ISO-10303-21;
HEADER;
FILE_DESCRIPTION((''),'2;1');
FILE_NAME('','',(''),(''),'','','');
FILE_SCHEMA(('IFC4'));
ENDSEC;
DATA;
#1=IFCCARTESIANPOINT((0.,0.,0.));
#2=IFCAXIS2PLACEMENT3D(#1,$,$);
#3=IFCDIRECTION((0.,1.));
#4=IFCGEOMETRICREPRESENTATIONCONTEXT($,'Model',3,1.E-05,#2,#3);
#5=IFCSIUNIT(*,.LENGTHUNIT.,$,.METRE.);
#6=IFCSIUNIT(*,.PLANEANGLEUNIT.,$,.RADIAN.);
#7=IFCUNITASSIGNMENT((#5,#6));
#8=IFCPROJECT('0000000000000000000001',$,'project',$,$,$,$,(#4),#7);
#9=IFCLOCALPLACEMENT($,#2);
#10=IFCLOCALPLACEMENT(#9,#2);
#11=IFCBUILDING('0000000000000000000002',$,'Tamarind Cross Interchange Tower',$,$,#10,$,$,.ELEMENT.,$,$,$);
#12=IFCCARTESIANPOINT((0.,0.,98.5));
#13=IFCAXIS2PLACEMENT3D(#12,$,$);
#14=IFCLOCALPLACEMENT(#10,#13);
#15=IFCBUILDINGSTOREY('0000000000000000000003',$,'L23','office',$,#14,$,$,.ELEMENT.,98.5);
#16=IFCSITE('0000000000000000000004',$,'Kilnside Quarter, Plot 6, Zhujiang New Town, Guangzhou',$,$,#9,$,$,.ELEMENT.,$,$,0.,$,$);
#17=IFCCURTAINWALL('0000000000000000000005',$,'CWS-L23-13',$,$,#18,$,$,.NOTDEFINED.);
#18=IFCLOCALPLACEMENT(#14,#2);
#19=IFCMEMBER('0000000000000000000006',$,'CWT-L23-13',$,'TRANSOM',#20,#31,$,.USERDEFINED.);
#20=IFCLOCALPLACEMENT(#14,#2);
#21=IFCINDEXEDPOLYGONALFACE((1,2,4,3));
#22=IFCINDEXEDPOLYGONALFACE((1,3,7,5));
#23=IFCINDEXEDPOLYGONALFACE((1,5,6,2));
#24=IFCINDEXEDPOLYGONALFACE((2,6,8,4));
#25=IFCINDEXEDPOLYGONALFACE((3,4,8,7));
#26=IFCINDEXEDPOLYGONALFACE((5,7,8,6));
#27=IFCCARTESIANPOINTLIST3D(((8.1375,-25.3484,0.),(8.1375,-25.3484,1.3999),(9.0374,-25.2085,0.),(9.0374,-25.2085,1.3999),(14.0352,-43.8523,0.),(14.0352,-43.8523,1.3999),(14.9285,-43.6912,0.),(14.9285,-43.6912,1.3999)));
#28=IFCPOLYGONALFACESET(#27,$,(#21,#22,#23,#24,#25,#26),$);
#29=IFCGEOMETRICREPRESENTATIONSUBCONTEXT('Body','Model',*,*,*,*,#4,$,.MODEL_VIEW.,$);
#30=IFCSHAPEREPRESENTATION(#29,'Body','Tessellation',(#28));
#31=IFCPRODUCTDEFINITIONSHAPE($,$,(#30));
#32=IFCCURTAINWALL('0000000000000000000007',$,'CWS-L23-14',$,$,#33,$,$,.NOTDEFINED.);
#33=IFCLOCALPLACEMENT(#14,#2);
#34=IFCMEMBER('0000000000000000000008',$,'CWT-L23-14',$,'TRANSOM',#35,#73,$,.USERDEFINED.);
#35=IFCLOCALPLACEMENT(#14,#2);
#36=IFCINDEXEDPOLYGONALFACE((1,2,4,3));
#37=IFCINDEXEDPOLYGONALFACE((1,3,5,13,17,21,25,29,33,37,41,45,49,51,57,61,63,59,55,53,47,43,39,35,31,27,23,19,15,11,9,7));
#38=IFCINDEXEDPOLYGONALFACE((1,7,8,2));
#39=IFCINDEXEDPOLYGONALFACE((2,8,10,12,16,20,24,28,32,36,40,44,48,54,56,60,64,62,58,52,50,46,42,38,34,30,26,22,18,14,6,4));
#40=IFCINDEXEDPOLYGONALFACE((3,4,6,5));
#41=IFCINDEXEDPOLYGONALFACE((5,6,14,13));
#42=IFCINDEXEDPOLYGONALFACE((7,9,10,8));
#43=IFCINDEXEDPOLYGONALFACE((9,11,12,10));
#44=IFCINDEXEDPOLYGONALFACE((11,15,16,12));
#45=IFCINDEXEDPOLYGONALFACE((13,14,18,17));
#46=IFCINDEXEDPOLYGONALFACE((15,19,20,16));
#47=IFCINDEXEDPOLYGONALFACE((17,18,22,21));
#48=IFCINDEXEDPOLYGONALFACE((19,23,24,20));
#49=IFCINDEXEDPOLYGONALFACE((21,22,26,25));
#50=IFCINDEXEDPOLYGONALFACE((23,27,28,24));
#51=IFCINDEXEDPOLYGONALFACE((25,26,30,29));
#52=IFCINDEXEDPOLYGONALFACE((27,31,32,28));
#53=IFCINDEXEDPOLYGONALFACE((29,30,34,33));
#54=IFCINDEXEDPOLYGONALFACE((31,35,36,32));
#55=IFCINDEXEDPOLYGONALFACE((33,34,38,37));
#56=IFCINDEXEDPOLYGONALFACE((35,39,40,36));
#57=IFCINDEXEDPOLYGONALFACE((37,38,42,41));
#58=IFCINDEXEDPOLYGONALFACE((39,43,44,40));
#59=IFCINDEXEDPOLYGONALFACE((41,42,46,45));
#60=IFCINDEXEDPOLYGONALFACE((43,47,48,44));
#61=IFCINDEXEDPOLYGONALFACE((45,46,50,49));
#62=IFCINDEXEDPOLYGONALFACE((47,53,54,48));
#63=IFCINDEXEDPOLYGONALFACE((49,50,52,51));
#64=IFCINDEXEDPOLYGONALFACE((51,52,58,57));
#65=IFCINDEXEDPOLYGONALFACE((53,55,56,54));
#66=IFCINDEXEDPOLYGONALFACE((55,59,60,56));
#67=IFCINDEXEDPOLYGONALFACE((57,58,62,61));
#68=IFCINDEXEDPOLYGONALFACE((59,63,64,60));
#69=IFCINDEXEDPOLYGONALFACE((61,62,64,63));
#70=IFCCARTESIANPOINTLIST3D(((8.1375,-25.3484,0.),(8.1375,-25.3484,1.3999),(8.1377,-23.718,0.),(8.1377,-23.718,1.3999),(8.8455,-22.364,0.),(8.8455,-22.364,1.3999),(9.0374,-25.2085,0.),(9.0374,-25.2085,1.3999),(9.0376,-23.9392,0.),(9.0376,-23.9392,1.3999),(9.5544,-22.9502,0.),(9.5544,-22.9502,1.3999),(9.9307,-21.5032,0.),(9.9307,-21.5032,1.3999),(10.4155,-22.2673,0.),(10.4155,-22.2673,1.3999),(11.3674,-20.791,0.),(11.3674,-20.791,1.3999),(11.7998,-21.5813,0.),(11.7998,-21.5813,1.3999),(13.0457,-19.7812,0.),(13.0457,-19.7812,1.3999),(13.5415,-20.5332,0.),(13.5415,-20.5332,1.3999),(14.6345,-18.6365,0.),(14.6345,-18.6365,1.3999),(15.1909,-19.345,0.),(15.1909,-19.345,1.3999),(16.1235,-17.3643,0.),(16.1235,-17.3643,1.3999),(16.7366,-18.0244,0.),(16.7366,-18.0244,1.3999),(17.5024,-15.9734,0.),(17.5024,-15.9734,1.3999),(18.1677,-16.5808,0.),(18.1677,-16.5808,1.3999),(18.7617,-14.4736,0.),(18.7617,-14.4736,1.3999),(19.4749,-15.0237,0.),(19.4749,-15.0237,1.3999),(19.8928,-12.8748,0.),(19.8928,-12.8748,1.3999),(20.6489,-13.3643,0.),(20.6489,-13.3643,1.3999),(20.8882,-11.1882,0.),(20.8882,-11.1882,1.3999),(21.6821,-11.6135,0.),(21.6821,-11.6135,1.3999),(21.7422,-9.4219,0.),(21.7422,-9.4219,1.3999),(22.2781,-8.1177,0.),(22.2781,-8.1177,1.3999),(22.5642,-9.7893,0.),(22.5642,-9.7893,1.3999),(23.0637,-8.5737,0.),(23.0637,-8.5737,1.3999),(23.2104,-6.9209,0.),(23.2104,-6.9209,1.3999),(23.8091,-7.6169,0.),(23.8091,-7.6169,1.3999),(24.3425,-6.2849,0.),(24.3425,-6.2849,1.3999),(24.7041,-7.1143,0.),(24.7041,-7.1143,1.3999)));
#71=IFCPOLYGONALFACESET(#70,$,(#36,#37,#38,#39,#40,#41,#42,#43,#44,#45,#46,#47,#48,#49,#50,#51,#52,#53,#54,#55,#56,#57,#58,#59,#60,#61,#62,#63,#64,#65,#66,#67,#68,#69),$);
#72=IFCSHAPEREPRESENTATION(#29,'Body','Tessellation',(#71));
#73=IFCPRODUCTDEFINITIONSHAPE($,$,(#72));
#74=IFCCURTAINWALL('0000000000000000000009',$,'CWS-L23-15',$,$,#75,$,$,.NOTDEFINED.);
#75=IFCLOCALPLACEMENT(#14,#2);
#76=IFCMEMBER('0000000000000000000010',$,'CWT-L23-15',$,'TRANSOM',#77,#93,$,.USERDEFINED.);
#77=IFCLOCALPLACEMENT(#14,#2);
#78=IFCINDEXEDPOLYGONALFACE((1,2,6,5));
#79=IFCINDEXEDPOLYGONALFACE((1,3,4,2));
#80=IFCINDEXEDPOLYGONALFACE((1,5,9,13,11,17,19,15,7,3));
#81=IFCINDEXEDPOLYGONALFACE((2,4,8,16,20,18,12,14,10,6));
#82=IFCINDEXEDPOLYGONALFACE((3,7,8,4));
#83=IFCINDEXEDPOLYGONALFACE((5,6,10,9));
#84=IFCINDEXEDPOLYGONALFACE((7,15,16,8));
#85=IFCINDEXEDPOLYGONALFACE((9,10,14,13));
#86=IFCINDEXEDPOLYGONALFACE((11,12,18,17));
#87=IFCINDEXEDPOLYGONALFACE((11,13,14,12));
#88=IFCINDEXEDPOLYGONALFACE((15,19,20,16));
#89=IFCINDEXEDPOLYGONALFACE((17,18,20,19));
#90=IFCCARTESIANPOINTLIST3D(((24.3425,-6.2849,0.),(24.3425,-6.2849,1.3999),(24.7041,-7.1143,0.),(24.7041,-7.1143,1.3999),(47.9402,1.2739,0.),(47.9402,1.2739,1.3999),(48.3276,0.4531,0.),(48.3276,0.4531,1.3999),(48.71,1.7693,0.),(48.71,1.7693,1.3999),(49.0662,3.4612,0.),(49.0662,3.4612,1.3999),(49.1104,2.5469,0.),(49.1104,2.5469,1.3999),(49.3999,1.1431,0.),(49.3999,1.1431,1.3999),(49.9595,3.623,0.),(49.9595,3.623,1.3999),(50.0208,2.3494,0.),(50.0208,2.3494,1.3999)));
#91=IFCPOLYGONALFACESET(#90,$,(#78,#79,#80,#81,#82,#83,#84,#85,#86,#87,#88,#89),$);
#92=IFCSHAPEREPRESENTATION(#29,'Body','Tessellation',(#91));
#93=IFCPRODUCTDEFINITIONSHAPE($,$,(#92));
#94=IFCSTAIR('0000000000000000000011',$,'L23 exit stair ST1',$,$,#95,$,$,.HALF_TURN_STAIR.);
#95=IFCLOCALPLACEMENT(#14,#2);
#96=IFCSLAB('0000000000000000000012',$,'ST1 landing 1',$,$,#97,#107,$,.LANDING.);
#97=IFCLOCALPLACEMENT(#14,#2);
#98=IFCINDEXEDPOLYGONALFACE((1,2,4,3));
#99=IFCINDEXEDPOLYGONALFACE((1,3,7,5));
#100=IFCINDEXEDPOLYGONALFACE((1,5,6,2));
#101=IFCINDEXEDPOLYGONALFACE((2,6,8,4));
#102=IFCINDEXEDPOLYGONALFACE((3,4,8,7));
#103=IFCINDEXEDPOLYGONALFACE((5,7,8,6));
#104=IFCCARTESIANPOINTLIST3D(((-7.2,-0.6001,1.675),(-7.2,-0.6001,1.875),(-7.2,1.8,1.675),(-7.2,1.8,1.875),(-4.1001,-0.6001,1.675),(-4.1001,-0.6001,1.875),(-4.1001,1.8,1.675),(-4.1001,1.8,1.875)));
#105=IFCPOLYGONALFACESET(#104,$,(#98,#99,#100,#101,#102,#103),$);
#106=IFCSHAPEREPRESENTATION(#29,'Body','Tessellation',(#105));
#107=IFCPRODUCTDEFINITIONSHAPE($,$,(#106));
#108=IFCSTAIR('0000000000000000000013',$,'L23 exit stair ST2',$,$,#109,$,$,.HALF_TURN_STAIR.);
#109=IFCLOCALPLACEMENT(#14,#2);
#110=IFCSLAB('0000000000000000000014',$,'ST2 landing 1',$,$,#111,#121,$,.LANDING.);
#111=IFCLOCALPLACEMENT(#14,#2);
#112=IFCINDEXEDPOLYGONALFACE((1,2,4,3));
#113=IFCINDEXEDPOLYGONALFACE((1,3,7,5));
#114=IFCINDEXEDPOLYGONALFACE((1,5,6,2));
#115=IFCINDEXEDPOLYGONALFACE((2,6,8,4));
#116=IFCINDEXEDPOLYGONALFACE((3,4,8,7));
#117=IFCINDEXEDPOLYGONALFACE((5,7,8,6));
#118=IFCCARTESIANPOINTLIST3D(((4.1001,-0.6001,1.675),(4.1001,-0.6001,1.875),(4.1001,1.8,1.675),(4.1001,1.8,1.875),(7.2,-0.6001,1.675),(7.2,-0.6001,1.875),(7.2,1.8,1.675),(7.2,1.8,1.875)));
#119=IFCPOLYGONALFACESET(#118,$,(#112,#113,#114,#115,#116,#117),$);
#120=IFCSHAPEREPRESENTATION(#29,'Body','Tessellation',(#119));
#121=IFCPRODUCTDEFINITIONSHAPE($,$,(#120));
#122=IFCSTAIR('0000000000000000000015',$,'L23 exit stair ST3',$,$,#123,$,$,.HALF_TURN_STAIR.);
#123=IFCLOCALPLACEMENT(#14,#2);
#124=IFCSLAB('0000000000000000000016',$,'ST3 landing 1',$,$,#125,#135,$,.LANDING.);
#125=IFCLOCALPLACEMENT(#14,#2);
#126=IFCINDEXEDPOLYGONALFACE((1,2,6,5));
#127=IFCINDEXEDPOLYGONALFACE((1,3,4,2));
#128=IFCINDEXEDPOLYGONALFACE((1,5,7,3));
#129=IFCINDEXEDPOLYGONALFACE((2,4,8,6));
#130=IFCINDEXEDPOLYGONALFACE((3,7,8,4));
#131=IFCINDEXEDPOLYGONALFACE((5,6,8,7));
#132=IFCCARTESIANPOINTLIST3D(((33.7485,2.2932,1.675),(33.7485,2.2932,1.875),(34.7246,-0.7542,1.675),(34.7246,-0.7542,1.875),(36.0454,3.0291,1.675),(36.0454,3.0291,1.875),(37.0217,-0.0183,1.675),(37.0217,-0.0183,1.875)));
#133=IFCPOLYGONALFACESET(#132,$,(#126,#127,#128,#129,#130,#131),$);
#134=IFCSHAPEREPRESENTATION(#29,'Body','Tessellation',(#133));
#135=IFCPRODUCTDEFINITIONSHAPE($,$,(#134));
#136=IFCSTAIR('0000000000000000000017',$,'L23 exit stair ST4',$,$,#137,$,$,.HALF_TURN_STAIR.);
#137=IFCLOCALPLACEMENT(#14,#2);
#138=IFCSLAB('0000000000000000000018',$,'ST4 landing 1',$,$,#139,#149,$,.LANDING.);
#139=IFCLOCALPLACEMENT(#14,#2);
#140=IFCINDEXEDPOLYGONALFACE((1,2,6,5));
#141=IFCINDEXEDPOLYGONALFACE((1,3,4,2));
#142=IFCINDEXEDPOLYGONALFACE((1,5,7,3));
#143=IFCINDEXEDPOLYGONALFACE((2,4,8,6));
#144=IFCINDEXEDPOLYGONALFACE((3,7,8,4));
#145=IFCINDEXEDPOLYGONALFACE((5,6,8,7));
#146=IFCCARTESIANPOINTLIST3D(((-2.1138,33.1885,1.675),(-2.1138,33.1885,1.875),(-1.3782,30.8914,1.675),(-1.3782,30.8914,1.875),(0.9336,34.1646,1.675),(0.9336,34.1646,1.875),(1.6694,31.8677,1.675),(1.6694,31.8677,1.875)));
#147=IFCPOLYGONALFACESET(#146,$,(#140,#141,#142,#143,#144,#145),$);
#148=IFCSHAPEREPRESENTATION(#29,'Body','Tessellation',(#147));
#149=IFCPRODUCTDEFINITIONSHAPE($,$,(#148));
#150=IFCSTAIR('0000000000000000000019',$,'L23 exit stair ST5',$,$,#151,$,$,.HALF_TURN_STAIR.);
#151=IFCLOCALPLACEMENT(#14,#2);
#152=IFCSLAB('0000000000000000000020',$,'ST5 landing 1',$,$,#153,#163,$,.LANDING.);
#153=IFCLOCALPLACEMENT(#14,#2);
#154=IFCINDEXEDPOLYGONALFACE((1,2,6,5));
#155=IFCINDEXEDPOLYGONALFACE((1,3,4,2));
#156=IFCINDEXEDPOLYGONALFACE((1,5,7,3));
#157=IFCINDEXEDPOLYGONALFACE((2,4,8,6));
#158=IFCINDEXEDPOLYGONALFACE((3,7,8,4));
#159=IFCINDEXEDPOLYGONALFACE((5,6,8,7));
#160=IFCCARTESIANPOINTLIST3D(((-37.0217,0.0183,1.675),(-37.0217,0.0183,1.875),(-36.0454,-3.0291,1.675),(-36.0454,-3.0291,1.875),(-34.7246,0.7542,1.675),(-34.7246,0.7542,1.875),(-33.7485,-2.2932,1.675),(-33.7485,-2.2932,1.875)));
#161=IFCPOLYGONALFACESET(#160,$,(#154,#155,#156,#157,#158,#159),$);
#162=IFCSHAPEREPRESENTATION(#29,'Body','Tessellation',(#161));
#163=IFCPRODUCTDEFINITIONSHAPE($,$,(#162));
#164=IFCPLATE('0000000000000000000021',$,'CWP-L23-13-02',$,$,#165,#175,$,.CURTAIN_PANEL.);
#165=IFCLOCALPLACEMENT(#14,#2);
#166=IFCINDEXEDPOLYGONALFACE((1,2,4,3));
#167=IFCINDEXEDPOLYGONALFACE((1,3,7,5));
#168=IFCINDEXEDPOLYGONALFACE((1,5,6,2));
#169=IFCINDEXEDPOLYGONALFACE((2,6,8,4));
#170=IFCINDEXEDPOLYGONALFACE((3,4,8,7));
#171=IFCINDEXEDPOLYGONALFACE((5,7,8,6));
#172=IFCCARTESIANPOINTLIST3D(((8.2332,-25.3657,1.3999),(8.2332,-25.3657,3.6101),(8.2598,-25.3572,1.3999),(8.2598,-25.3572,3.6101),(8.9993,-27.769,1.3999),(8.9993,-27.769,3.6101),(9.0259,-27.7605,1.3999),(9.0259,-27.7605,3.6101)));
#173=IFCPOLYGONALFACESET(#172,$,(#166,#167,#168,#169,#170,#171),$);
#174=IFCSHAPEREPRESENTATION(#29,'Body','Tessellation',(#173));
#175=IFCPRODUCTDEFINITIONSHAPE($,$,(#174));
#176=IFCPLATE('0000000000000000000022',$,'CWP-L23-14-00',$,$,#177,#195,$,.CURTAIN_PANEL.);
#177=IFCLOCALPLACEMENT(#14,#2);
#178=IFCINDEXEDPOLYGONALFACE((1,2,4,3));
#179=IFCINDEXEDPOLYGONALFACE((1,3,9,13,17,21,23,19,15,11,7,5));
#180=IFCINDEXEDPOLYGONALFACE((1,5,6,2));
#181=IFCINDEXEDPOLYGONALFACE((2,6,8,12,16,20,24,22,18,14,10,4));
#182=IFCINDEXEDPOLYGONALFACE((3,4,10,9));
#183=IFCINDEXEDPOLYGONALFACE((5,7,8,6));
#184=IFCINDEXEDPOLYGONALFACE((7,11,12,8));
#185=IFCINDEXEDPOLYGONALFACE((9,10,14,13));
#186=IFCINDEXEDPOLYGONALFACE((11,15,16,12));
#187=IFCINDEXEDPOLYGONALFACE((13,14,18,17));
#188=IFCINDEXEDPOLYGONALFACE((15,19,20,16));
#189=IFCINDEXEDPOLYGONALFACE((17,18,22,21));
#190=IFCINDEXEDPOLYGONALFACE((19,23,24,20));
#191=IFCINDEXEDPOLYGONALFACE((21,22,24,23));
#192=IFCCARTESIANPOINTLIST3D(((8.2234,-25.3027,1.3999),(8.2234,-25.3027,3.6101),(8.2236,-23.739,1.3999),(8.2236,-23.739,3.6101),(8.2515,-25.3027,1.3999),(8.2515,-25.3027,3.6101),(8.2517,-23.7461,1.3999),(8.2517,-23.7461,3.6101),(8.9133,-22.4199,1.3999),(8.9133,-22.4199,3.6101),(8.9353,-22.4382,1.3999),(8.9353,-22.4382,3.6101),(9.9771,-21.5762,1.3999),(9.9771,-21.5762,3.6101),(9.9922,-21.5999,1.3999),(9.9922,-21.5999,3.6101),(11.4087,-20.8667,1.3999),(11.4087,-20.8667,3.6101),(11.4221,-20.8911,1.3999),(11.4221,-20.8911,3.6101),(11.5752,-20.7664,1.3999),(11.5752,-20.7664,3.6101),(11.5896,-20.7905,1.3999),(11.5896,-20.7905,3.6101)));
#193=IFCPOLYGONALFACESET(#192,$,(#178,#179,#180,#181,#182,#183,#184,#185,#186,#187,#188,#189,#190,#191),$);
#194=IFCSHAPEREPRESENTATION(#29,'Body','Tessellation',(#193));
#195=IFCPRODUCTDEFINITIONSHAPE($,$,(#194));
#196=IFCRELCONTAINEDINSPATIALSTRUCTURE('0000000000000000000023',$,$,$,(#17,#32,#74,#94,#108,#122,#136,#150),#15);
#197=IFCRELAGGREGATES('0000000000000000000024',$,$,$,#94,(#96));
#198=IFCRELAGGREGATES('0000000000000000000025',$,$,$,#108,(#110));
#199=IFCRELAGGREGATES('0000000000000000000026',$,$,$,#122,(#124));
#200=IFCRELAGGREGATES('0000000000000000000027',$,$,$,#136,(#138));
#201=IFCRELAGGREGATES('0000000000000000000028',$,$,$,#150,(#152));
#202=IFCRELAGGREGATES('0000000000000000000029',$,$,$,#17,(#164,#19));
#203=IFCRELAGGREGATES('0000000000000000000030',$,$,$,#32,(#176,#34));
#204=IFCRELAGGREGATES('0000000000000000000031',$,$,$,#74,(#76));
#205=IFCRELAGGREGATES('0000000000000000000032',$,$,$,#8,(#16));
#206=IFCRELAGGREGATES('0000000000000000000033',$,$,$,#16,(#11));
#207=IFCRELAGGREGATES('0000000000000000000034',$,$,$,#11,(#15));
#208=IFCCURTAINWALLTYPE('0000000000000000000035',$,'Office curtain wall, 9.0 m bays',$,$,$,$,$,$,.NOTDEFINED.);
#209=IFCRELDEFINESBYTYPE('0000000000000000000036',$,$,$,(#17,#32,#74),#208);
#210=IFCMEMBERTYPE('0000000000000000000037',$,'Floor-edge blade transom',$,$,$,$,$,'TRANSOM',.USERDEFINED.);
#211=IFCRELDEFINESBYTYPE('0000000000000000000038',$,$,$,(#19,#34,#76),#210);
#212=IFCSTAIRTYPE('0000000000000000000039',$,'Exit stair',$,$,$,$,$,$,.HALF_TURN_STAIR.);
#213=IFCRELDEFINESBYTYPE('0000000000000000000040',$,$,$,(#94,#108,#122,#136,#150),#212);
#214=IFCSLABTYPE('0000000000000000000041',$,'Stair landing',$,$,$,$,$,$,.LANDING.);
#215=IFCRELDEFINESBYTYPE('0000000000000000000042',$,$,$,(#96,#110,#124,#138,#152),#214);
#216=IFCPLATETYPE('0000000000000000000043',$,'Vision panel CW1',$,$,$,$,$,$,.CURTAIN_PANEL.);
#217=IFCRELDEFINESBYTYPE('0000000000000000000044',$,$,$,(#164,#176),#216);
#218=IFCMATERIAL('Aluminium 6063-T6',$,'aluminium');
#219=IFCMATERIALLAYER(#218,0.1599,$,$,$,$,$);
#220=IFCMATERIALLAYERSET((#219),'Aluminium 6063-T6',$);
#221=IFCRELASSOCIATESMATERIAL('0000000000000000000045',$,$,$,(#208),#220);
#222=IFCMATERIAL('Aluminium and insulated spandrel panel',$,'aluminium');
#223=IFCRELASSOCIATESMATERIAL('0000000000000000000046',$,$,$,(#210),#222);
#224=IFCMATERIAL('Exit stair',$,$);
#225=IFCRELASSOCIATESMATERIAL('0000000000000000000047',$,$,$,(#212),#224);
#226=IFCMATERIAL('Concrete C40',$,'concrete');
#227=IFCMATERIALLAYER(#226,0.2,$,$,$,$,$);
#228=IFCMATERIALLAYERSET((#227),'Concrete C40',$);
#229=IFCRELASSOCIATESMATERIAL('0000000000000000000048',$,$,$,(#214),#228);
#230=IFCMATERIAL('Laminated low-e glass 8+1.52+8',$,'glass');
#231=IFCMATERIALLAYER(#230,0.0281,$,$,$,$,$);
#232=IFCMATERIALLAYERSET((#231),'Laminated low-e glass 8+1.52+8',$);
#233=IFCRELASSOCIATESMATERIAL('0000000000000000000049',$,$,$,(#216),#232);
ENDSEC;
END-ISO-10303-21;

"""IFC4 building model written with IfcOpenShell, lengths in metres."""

from ifc_helpers import new_model, si_unit, direction, frame, origin, place, context, subcontext, project, spatial, polyline, outline, extrude, material, layer, layer_set, type_object, element, aggregate, save


model = new_model("IFC4")

# Units and contexts
model_context = context("Model", 3, precision=1e-05, world=origin(), true_north=direction((0.0, 1.0)))
body_context = subcontext(model_context, "Body", "Model", "MODEL_VIEW")
ifc_project = project(units=[si_unit("LENGTHUNIT", "METRE"), si_unit("PLANEANGLEUNIT", "RADIAN")], contexts=[model_context])

# Site, building, storey
site_placement = place(None, origin())
site = spatial("IfcSite", under=ifc_project, at=site_placement, Name="Kilnside Quarter, Plot 6, Zhujiang New Town, Guangzhou", CompositionType="ELEMENT", RefElevation=0.0)
building_placement = place(site_placement, origin())
building = spatial("IfcBuilding", under=site, at=building_placement, Name="Tamarind Cross Interchange Tower", CompositionType="ELEMENT")
storey_placement = place(building_placement, frame((0.0, 0.0, 98.5)))
storey = spatial("IfcBuildingStorey", under=building, at=storey_placement, Name="L23", Description="office", CompositionType="ELEMENT", Elevation=98.5)

# Curtain walls, members
ifc_material_1 = material(Name="Aluminium 6063-T6", Category="aluminium")
ifc_layer_1 = layer(ifc_material_1, 0.1599)
ifc_layer_set_1 = layer_set([ifc_layer_1], Name="Aluminium 6063-T6")
curtain_wall_type = type_object("IfcCurtainWallType", Name="Office curtain wall, 9.0 m bays", PredefinedType="NOTDEFINED", material=ifc_layer_set_1)
curtain_wall_1_placement = place(storey_placement, origin())
curtain_wall_1 = element("IfcCurtainWall", 1, at=curtain_wall_1_placement, inside=storey, type_object=curtain_wall_type, Name="CWS-L23-13", PredefinedType="NOTDEFINED")
ifc_material_2 = material(Name="Aluminium and insulated spandrel panel", Category="aluminium")
member_type = type_object("IfcMemberType", Name="Floor-edge blade transom", ElementType="TRANSOM", PredefinedType="USERDEFINED", material=ifc_material_2)
member_1_placement = place(storey_placement, origin())
member_1 = element("IfcMember", 2, at=member_1_placement, type_object=member_type, Name="CWT-L23-13", ObjectType="TRANSOM", PredefinedType="USERDEFINED", context=body_context, shape_type="SweptSolid", body=[
    extrude(outline(polyline([(14.0352, -43.8523), (8.1375, -25.3484), (9.0374, -25.2085), (14.9285, -43.6912), (14.0352, -43.8523)])), origin(), (0.0, 0.0, 1.0), 1.3999),
])
curtain_wall_2_placement = place(storey_placement, origin())
curtain_wall_2 = element("IfcCurtainWall", 3, at=curtain_wall_2_placement, inside=storey, type_object=curtain_wall_type, Name="CWS-L23-14", PredefinedType="NOTDEFINED")
member_2_placement = place(storey_placement, origin())
member_2 = element("IfcMember", 4, at=member_2_placement, type_object=member_type, Name="CWT-L23-14", ObjectType="TRANSOM", PredefinedType="USERDEFINED", context=body_context, shape_type="SweptSolid", body=[
    extrude(outline(polyline([(8.1375, -25.3484), (8.1377, -23.718), (8.8455, -22.364), (9.9307, -21.5032), (11.3674, -20.791), (13.0457, -19.7812), (14.6345, -18.6365), (16.1235, -17.3643), (17.5024, -15.9734), (18.7617, -14.4736), (19.8928, -12.8748), (20.8882, -11.1882), (21.7422, -9.4219), (22.2781, -8.1177), (23.2104, -6.9209), (24.3425, -6.2849), (24.7041, -7.1143), (23.8091, -7.6169), (23.0637, -8.5737), (22.5642, -9.7893), (21.6821, -11.6135), (20.6489, -13.3643), (19.4749, -15.0237), (18.1677, -16.5808), (16.7366, -18.0244), (15.1909, -19.345), (13.5415, -20.5332), (11.7998, -21.5813), (10.4155, -22.2673), (9.5544, -22.9502), (9.0376, -23.9392), (9.0374, -25.2085), (8.1375, -25.3484)])), origin(), (0.0, 0.0, 1.0), 1.3999),
])
curtain_wall_3_placement = place(storey_placement, origin())
curtain_wall_3 = element("IfcCurtainWall", 5, at=curtain_wall_3_placement, inside=storey, type_object=curtain_wall_type, Name="CWS-L23-15", PredefinedType="NOTDEFINED")
member_3_placement = place(storey_placement, origin())
member_3 = element("IfcMember", 6, at=member_3_placement, type_object=member_type, Name="CWT-L23-15", ObjectType="TRANSOM", PredefinedType="USERDEFINED", context=body_context, shape_type="SweptSolid", body=[
    extrude(outline(polyline([(24.3425, -6.2849), (47.9402, 1.2739), (48.71, 1.7693), (49.1104, 2.5469), (49.0662, 3.4612), (49.9595, 3.623), (50.0208, 2.3494), (49.3999, 1.1431), (48.3276, 0.4531), (24.7041, -7.1143), (24.3425, -6.2849)])), origin(), (0.0, 0.0, 1.0), 1.3999),
])

# Stairs, slabs
ifc_material_3 = material(Name="Exit stair")
stair_type = type_object("IfcStairType", Name="Exit stair", PredefinedType="HALF_TURN_STAIR", material=ifc_material_3)
stair_1_placement = place(storey_placement, origin())
stair_1 = element("IfcStair", 7, at=stair_1_placement, inside=storey, type_object=stair_type, Name="L23 exit stair ST1", PredefinedType="HALF_TURN_STAIR")
ifc_material_4 = material(Name="Concrete C40", Category="concrete")
ifc_layer_2 = layer(ifc_material_4, 0.2)
ifc_layer_set_2 = layer_set([ifc_layer_2], Name="Concrete C40")
slab_type = type_object("IfcSlabType", Name="Stair landing", PredefinedType="LANDING", material=ifc_layer_set_2)
slab_1_placement = place(storey_placement, frame((0.0, 0.0, 1.675)))
slab_1 = element("IfcSlab", 8, at=slab_1_placement, type_object=slab_type, Name="ST1 landing 1", PredefinedType="LANDING", context=body_context, shape_type="SweptSolid", body=[
    extrude(outline(polyline([(-4.1001, -0.6001), (-4.1001, 1.8), (-7.2, 1.8), (-7.2, -0.6001), (-4.1001, -0.6001)])), origin(), (0.0, 0.0, 1.0), 0.2),
])
aggregate(stair_1, [slab_1])
stair_2_placement = place(storey_placement, origin())
stair_2 = element("IfcStair", 9, at=stair_2_placement, inside=storey, type_object=stair_type, Name="L23 exit stair ST2", PredefinedType="HALF_TURN_STAIR")
slab_2_placement = place(storey_placement, frame((0.0, 0.0, 1.675)))
slab_2 = element("IfcSlab", 10, at=slab_2_placement, type_object=slab_type, Name="ST2 landing 1", PredefinedType="LANDING", context=body_context, shape_type="SweptSolid", body=[
    extrude(outline(polyline([(7.2, -0.6001), (7.2, 1.8), (4.1001, 1.8), (4.1001, -0.6001), (7.2, -0.6001)])), origin(), (0.0, 0.0, 1.0), 0.2),
])
aggregate(stair_2, [slab_2])
stair_3_placement = place(storey_placement, origin())
stair_3 = element("IfcStair", 11, at=stair_3_placement, inside=storey, type_object=stair_type, Name="L23 exit stair ST3", PredefinedType="HALF_TURN_STAIR")
slab_3_placement = place(storey_placement, frame((0.0, 0.0, 1.675)))
slab_3 = element("IfcSlab", 12, at=slab_3_placement, type_object=slab_type, Name="ST3 landing 1", PredefinedType="LANDING", context=body_context, shape_type="SweptSolid", body=[
    extrude(outline(polyline([(34.7246, -0.7542), (37.0217, -0.0183), (36.0454, 3.0291), (33.7485, 2.2932), (34.7246, -0.7542)])), origin(), (0.0, 0.0, 1.0), 0.2),
])
aggregate(stair_3, [slab_3])
stair_4_placement = place(storey_placement, origin())
stair_4 = element("IfcStair", 13, at=stair_4_placement, inside=storey, type_object=stair_type, Name="L23 exit stair ST4", PredefinedType="HALF_TURN_STAIR")
slab_4_placement = place(storey_placement, frame((0.0, 0.0, 1.675)))
slab_4 = element("IfcSlab", 14, at=slab_4_placement, type_object=slab_type, Name="ST4 landing 1", PredefinedType="LANDING", context=body_context, shape_type="SweptSolid", body=[
    extrude(outline(polyline([(1.6694, 31.8677), (0.9336, 34.1646), (-2.1138, 33.1885), (-1.3782, 30.8914), (1.6694, 31.8677)])), origin(), (0.0, 0.0, 1.0), 0.2),
])
aggregate(stair_4, [slab_4])
stair_5_placement = place(storey_placement, origin())
stair_5 = element("IfcStair", 15, at=stair_5_placement, inside=storey, type_object=stair_type, Name="L23 exit stair ST5", PredefinedType="HALF_TURN_STAIR")
slab_5_placement = place(storey_placement, frame((0.0, 0.0, 1.675)))
slab_5 = element("IfcSlab", 16, at=slab_5_placement, type_object=slab_type, Name="ST5 landing 1", PredefinedType="LANDING", context=body_context, shape_type="SweptSolid", body=[
    extrude(outline(polyline([(-34.7246, 0.7542), (-37.0217, 0.0183), (-36.0454, -3.0291), (-33.7485, -2.2932), (-34.7246, 0.7542)])), origin(), (0.0, 0.0, 1.0), 0.2),
])
aggregate(stair_5, [slab_5])

# Plates
ifc_material_5 = material(Name="Laminated low-e glass 8+1.52+8", Category="glass")
ifc_layer_3 = layer(ifc_material_5, 0.0281)
ifc_layer_set_3 = layer_set([ifc_layer_3], Name="Laminated low-e glass 8+1.52+8")
plate_type = type_object("IfcPlateType", Name="Vision panel CW1", PredefinedType="CURTAIN_PANEL", material=ifc_layer_set_3)
plate_1_placement = place(storey_placement, frame((0.0, 0.0, 1.3999)))
plate_1 = element("IfcPlate", 17, at=plate_1_placement, type_object=plate_type, Name="CWP-L23-13-02", PredefinedType="CURTAIN_PANEL", context=body_context, shape_type="SweptSolid", body=[
    extrude(outline(polyline([(8.9993, -27.769), (8.2332, -25.3657), (8.2598, -25.3572), (9.0259, -27.7605), (8.9993, -27.769)])), origin(), (0.0, 0.0, 1.0), 2.2102),
])
aggregate(curtain_wall_1, [plate_1, member_1])
plate_2_placement = place(storey_placement, frame((0.0, 0.0, 1.3999)))
plate_2 = element("IfcPlate", 18, at=plate_2_placement, type_object=plate_type, Name="CWP-L23-14-00", PredefinedType="CURTAIN_PANEL", context=body_context, shape_type="SweptSolid", body=[
    extrude(outline(polyline([(8.2234, -25.3027), (8.2236, -23.739), (8.9133, -22.4199), (9.9771, -21.5762), (11.4087, -20.8667), (11.5752, -20.7664), (11.5896, -20.7905), (11.4221, -20.8911), (9.9922, -21.5999), (8.9353, -22.4382), (8.2517, -23.7461), (8.2515, -25.3027), (8.2234, -25.3027)])), origin(), (0.0, 0.0, 1.0), 2.2102),
])
aggregate(curtain_wall_2, [plate_2, member_2])
aggregate(curtain_wall_3, [member_3])

save(model, "model.ifc")
